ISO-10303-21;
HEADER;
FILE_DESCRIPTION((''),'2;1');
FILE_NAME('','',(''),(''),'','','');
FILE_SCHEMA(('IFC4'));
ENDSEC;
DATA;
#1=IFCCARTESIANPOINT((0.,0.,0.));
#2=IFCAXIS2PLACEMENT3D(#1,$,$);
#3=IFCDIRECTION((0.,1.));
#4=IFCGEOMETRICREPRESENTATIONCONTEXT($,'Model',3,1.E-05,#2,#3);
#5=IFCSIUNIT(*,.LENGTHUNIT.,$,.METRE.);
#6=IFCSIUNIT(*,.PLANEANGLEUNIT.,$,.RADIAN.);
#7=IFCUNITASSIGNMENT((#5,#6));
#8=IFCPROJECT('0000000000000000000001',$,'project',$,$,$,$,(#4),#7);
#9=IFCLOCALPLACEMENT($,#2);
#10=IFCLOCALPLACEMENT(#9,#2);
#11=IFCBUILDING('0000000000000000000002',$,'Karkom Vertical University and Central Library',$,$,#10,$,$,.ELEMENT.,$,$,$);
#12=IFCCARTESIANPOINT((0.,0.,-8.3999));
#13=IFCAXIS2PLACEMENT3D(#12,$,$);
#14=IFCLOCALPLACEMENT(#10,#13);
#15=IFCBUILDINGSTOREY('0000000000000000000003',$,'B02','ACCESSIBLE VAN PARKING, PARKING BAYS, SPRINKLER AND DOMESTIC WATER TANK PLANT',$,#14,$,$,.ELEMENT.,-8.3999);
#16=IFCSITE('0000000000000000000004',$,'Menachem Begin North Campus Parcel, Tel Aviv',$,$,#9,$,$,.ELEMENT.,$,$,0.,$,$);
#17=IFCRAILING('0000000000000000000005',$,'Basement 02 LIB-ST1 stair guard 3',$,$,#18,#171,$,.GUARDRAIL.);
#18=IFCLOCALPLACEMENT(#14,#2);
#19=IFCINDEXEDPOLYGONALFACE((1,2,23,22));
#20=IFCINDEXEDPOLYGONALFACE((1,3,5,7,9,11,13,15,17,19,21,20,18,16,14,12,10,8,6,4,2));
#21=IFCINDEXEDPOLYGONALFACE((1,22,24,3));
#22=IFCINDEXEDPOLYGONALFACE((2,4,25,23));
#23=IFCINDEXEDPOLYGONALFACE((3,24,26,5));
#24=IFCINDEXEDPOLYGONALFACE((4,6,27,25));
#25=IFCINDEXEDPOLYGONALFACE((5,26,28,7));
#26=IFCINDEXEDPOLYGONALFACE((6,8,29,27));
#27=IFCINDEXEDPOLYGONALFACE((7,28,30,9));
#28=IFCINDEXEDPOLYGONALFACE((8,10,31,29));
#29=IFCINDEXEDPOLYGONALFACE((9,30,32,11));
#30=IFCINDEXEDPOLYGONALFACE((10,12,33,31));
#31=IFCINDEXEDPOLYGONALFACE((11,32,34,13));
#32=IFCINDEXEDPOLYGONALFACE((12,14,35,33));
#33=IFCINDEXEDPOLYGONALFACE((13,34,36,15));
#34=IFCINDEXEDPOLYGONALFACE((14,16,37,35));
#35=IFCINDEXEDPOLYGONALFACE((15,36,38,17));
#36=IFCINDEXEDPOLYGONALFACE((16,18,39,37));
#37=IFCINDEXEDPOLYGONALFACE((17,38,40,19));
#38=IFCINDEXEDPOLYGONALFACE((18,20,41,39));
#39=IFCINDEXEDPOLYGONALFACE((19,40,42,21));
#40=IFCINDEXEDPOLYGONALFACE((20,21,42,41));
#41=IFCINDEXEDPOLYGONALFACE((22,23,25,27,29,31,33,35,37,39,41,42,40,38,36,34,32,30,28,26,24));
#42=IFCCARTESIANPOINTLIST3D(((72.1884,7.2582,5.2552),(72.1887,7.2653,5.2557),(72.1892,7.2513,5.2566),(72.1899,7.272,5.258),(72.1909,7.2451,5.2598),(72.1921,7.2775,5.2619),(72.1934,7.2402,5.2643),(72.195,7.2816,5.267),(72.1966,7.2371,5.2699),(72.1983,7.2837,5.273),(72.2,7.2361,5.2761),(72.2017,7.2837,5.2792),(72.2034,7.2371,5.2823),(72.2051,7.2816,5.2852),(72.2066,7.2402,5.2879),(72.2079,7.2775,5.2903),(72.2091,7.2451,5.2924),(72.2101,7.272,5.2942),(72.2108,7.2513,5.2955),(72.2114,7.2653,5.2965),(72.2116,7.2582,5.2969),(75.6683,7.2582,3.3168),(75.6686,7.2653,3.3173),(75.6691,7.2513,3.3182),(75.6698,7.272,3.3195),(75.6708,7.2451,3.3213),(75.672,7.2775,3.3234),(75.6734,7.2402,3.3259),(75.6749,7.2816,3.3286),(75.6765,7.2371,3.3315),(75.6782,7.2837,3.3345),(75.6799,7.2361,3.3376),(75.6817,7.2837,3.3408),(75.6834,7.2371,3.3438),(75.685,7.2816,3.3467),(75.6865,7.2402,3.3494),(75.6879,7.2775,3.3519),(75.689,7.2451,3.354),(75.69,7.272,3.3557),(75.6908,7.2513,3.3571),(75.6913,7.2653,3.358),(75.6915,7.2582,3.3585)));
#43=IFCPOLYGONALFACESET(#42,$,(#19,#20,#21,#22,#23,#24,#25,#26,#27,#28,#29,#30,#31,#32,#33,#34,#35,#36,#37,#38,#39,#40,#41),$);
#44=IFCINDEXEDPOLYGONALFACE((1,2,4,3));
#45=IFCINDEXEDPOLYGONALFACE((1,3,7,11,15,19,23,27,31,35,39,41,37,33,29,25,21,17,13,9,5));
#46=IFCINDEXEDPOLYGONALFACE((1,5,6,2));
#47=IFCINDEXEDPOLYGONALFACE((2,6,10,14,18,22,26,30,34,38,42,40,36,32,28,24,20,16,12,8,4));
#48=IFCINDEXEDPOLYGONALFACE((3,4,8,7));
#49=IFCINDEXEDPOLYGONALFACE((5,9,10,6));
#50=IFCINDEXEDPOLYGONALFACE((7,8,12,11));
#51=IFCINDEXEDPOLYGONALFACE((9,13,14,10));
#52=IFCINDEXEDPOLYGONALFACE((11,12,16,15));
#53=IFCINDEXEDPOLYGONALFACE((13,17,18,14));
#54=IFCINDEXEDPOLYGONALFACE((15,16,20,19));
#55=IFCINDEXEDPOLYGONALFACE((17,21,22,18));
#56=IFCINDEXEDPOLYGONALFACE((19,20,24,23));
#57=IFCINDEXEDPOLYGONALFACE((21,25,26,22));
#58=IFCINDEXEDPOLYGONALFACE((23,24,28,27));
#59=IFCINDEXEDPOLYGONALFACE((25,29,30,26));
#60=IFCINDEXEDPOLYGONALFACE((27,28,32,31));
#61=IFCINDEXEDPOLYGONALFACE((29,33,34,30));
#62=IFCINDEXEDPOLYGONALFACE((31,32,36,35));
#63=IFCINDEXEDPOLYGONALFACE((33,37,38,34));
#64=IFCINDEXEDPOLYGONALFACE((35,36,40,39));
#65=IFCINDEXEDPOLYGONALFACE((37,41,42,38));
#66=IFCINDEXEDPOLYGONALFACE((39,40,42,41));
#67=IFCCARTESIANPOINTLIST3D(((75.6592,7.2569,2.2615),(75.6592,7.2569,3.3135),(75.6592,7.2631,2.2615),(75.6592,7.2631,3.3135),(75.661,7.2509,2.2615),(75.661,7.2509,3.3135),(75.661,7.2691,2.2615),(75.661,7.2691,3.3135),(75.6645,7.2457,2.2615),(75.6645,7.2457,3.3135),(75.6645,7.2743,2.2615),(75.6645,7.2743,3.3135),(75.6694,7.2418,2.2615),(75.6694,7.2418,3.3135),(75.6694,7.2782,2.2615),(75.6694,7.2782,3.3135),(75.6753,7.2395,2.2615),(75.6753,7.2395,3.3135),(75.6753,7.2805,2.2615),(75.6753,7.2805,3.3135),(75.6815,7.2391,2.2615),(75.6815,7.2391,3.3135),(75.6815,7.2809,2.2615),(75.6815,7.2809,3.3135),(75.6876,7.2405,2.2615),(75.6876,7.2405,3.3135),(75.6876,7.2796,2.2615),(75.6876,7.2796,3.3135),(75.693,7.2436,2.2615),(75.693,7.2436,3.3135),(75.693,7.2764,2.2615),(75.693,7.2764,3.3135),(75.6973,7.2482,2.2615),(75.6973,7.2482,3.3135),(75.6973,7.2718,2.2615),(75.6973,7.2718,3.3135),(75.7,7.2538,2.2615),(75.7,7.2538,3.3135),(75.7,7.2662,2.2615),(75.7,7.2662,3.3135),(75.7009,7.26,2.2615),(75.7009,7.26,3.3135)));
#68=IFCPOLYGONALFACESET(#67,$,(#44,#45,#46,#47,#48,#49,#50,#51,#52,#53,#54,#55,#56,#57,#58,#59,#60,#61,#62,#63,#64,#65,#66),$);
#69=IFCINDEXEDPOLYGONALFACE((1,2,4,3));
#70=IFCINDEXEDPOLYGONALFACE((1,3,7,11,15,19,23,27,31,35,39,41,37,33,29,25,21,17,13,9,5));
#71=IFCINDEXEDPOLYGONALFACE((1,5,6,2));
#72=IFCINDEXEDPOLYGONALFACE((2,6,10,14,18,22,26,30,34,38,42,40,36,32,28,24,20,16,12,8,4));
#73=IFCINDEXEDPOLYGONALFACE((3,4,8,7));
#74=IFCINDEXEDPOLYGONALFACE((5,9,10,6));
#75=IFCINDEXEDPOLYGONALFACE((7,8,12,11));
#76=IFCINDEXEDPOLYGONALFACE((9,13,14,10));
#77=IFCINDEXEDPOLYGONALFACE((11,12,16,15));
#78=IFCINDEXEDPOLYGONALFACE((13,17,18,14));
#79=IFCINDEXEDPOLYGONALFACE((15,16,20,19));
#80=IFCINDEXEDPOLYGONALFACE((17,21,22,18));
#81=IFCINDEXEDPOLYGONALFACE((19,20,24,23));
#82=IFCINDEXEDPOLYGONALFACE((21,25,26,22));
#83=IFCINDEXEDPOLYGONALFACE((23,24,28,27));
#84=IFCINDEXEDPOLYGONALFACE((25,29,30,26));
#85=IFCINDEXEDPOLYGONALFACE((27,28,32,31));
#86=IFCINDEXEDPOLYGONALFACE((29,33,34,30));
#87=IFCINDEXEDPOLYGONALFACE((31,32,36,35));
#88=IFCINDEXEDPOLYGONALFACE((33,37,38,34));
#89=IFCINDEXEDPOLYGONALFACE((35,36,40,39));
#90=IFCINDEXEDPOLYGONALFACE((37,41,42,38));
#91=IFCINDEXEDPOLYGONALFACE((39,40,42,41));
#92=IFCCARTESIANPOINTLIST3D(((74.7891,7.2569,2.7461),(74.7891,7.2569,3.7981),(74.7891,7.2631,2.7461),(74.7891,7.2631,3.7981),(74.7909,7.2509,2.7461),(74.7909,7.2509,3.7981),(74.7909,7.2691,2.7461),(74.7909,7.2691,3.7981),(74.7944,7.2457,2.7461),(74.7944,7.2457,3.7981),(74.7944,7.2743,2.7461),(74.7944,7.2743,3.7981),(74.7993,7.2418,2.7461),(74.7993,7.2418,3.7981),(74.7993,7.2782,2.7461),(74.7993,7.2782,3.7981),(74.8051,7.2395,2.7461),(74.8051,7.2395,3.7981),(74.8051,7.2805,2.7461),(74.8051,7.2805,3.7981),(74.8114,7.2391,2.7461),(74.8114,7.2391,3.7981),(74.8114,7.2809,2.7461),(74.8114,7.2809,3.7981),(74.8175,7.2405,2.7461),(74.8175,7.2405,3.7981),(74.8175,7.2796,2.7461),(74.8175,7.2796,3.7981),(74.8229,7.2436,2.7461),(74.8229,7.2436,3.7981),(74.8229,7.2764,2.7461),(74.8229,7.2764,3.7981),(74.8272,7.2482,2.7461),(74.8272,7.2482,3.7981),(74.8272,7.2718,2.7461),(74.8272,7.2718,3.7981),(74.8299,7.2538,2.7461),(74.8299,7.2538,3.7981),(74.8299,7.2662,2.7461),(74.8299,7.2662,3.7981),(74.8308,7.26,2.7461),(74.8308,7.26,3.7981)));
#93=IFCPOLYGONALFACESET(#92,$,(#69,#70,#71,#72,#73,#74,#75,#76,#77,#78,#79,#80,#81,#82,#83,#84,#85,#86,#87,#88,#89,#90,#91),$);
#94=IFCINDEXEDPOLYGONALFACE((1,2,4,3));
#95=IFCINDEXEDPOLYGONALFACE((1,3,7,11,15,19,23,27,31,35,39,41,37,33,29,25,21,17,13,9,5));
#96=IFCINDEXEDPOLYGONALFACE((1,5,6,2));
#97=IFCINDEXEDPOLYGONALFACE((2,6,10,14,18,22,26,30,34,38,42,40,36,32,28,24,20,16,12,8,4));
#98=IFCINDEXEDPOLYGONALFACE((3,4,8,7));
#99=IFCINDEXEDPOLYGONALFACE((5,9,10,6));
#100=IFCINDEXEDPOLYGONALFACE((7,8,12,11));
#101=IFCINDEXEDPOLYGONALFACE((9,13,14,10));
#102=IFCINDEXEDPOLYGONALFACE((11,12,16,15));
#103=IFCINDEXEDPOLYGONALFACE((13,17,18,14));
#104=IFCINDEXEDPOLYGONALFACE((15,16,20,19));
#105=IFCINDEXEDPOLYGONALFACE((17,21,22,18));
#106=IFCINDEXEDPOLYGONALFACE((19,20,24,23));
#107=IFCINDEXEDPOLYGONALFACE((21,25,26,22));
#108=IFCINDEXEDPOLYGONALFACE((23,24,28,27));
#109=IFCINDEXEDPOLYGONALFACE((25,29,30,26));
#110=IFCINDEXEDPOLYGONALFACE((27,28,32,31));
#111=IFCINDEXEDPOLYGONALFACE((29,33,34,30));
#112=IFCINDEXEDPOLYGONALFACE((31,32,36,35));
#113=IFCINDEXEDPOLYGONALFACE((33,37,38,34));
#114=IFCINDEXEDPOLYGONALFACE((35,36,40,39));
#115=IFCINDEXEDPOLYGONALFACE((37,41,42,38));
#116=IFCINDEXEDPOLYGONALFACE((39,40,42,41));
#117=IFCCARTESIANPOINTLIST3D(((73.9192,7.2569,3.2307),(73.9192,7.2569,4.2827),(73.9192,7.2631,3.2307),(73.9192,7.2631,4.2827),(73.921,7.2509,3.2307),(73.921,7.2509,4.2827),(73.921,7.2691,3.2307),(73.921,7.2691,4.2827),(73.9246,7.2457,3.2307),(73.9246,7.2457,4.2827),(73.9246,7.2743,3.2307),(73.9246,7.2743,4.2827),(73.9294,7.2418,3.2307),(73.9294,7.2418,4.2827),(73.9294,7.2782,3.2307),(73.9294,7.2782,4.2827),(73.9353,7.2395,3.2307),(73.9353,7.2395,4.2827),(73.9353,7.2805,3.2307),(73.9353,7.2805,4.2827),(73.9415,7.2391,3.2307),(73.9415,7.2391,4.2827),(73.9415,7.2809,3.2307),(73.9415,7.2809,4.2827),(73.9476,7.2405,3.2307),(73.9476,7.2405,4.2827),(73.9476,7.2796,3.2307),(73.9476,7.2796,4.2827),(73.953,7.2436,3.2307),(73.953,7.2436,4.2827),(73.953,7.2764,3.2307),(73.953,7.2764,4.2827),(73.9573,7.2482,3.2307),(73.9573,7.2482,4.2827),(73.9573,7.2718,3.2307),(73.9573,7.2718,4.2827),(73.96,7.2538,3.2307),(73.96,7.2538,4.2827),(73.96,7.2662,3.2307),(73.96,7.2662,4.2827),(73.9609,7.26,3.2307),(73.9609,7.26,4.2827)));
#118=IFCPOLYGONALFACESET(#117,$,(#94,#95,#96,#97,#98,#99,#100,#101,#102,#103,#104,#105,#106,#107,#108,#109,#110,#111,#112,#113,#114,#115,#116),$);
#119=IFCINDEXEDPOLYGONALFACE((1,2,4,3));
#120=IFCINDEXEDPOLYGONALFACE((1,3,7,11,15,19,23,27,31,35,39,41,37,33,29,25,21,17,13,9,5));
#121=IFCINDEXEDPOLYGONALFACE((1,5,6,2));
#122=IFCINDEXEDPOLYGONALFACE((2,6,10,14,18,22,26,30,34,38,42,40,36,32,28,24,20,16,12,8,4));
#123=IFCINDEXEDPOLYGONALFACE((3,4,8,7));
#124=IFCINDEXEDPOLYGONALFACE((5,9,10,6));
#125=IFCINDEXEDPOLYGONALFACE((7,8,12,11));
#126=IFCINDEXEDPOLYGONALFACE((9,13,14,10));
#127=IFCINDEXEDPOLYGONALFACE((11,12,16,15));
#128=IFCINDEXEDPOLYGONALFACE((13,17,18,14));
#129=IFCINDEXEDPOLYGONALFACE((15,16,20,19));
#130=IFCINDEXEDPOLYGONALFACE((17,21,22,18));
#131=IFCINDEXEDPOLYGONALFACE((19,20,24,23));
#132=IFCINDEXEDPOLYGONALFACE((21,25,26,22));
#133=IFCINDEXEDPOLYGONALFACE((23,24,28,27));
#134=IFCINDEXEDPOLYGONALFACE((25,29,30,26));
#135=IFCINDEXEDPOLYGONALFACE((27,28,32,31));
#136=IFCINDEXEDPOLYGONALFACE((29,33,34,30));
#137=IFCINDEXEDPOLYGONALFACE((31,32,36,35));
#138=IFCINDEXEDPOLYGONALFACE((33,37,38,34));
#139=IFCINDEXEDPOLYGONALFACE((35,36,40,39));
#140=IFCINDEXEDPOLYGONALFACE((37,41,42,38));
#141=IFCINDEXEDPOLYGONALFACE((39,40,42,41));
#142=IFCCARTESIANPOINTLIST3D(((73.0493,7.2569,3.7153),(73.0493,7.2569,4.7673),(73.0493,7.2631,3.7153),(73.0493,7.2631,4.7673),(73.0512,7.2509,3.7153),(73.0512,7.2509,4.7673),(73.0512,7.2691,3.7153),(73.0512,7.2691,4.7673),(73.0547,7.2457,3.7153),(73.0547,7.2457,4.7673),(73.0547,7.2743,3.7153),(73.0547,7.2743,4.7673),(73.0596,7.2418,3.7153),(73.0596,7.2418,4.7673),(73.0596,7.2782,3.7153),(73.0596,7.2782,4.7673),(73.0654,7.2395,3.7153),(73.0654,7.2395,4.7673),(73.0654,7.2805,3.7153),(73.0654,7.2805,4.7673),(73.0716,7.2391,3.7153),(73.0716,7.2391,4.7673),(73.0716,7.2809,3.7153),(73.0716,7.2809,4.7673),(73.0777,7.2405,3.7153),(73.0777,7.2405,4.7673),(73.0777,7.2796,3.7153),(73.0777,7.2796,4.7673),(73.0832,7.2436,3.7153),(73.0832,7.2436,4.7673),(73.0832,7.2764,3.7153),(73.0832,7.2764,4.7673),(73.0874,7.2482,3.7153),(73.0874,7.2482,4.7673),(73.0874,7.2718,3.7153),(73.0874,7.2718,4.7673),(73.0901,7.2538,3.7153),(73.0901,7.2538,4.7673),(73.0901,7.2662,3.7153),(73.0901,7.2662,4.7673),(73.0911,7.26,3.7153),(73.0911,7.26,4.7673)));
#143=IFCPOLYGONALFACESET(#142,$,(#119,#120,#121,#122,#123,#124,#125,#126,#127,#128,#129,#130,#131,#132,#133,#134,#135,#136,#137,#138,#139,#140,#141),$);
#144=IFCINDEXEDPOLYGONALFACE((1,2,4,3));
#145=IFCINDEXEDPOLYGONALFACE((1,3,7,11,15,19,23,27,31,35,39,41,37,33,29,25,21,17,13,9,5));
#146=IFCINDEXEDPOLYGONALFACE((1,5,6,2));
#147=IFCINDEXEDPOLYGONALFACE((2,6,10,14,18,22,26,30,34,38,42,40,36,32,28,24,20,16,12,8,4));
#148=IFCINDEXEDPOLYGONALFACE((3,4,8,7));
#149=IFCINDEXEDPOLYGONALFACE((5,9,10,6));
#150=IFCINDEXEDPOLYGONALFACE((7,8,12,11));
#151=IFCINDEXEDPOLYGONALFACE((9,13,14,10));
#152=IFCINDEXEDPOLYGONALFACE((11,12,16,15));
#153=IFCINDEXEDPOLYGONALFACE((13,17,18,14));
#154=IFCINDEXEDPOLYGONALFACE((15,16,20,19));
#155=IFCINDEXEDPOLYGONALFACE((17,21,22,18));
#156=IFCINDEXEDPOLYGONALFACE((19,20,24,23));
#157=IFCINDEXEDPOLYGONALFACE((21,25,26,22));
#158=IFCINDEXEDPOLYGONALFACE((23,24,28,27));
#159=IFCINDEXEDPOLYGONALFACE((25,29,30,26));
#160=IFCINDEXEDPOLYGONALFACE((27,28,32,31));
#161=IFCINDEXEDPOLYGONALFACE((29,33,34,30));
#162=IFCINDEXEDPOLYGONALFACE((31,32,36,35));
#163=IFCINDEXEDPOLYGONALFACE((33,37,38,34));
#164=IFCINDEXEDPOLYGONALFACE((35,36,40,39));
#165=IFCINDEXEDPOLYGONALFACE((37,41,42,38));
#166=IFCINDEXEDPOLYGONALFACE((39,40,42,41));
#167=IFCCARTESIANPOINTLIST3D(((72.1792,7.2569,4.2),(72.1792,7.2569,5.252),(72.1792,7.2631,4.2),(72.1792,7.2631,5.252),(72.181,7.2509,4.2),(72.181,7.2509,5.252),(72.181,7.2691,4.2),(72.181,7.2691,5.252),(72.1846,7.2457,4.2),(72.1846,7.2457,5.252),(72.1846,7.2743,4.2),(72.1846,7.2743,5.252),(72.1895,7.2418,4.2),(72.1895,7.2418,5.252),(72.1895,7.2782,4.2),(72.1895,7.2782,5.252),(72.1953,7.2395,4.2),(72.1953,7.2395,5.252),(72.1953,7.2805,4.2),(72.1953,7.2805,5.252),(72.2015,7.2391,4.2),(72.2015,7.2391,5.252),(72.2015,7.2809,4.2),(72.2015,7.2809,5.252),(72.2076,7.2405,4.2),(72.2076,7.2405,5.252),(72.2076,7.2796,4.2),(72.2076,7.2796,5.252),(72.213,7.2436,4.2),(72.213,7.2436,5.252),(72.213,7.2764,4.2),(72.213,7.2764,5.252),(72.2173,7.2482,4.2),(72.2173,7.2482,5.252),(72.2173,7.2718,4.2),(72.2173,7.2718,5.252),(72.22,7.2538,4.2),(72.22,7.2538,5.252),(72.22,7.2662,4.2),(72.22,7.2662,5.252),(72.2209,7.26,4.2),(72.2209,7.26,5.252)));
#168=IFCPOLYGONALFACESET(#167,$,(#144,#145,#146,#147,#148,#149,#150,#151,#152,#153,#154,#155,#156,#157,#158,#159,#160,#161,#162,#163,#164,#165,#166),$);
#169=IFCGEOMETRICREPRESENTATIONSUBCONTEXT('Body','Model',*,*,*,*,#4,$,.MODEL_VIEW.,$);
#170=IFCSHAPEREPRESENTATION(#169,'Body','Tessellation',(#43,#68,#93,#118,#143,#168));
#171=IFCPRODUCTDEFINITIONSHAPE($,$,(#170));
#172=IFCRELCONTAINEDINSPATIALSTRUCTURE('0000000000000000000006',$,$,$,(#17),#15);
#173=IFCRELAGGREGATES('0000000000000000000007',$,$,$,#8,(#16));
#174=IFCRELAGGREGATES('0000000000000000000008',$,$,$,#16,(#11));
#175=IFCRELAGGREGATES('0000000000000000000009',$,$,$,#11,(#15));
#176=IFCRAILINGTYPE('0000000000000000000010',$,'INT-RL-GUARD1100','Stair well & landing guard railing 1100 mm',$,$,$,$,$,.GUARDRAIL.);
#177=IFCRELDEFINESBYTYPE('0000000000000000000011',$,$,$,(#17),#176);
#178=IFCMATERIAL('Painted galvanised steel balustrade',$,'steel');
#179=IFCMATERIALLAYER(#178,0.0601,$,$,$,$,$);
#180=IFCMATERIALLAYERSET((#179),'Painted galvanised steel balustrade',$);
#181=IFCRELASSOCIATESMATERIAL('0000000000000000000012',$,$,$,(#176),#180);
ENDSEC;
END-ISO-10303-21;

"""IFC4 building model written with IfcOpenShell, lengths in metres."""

from ifc_helpers import new_model, si_unit, direction, frame, origin, origin_2d, place, context, subcontext, project, spatial, circle, extrude, material, layer, layer_set, type_object, element, save


model = new_model("IFC4")

# Units and contexts
model_context = context("Model", 3, precision=1e-05, world=origin(), true_north=direction((0.0, 1.0)))
body_context = subcontext(model_context, "Body", "Model", "MODEL_VIEW")
ifc_project = project(units=[si_unit("LENGTHUNIT", "METRE"), si_unit("PLANEANGLEUNIT", "RADIAN")], contexts=[model_context])

# Site, building, storey
site_placement = place(None, origin())
site = spatial("IfcSite", under=ifc_project, at=site_placement, Name="Menachem Begin North Campus Parcel, Tel Aviv", CompositionType="ELEMENT", RefElevation=0.0)
building_placement = place(site_placement, origin())
building = spatial("IfcBuilding", under=site, at=building_placement, Name="Karkom Vertical University and Central Library", CompositionType="ELEMENT")
storey_placement = place(building_placement, frame((0.0, 0.0, -8.3999)))
storey = spatial("IfcBuildingStorey", under=building, at=storey_placement, Name="B02", Description="ACCESSIBLE VAN PARKING, PARKING BAYS, SPRINKLER AND DOMESTIC WATER TANK PLANT", CompositionType="ELEMENT", Elevation=-8.3999)

# Railing
ifc_material_1 = material(Name="Painted galvanised steel balustrade", Category="steel")
ifc_layer_1 = layer(ifc_material_1, 0.0601)
ifc_layer_set_1 = layer_set([ifc_layer_1], Name="Painted galvanised steel balustrade")
railing_type_1 = type_object("IfcRailingType", Name="INT-RL-GUARD1100", Description="Stair well & landing guard railing 1100 mm", PredefinedType="GUARDRAIL", material=ifc_layer_set_1)
railing_1_placement = place(storey_placement, frame((75.6799, 7.26, 2.2615)))
element("IfcRailing", 1, at=railing_1_placement, inside=storey, type_object=railing_type_1, Name="Basement 02 LIB-ST1 stair guard 3", PredefinedType="GUARDRAIL", context=body_context, shape_type="SweptSolid", body=[
    extrude(circle(Radius=0.0239, at=origin_2d()), frame((0.0, 0.0, 1.0762), z_axis=(-0.873607, 0.0, 0.486631), x_axis=(0.0, -1.0, 0.0)), (0.0, 0.0, 1.0), 3.9834),
    extrude(circle(Radius=0.021, at=origin_2d()), origin(), (0.0, 0.0, 1.0), 1.052),
    extrude(circle(Radius=0.021, at=origin_2d()), frame((-0.8701, 0.0, 0.4846)), (0.0, 0.0, 1.0), 1.052),
    extrude(circle(Radius=0.021, at=origin_2d()), frame((-1.74, 0.0, 0.9692)), (0.0, 0.0, 1.0), 1.052),
    extrude(circle(Radius=0.021, at=origin_2d()), frame((-2.6099, 0.0, 1.4539)), (0.0, 0.0, 1.0), 1.052),
    extrude(circle(Radius=0.021, at=origin_2d()), frame((-3.48, 0.0, 1.9385)), (0.0, 0.0, 1.0), 1.052),
])

save(model, "model.ifc")
